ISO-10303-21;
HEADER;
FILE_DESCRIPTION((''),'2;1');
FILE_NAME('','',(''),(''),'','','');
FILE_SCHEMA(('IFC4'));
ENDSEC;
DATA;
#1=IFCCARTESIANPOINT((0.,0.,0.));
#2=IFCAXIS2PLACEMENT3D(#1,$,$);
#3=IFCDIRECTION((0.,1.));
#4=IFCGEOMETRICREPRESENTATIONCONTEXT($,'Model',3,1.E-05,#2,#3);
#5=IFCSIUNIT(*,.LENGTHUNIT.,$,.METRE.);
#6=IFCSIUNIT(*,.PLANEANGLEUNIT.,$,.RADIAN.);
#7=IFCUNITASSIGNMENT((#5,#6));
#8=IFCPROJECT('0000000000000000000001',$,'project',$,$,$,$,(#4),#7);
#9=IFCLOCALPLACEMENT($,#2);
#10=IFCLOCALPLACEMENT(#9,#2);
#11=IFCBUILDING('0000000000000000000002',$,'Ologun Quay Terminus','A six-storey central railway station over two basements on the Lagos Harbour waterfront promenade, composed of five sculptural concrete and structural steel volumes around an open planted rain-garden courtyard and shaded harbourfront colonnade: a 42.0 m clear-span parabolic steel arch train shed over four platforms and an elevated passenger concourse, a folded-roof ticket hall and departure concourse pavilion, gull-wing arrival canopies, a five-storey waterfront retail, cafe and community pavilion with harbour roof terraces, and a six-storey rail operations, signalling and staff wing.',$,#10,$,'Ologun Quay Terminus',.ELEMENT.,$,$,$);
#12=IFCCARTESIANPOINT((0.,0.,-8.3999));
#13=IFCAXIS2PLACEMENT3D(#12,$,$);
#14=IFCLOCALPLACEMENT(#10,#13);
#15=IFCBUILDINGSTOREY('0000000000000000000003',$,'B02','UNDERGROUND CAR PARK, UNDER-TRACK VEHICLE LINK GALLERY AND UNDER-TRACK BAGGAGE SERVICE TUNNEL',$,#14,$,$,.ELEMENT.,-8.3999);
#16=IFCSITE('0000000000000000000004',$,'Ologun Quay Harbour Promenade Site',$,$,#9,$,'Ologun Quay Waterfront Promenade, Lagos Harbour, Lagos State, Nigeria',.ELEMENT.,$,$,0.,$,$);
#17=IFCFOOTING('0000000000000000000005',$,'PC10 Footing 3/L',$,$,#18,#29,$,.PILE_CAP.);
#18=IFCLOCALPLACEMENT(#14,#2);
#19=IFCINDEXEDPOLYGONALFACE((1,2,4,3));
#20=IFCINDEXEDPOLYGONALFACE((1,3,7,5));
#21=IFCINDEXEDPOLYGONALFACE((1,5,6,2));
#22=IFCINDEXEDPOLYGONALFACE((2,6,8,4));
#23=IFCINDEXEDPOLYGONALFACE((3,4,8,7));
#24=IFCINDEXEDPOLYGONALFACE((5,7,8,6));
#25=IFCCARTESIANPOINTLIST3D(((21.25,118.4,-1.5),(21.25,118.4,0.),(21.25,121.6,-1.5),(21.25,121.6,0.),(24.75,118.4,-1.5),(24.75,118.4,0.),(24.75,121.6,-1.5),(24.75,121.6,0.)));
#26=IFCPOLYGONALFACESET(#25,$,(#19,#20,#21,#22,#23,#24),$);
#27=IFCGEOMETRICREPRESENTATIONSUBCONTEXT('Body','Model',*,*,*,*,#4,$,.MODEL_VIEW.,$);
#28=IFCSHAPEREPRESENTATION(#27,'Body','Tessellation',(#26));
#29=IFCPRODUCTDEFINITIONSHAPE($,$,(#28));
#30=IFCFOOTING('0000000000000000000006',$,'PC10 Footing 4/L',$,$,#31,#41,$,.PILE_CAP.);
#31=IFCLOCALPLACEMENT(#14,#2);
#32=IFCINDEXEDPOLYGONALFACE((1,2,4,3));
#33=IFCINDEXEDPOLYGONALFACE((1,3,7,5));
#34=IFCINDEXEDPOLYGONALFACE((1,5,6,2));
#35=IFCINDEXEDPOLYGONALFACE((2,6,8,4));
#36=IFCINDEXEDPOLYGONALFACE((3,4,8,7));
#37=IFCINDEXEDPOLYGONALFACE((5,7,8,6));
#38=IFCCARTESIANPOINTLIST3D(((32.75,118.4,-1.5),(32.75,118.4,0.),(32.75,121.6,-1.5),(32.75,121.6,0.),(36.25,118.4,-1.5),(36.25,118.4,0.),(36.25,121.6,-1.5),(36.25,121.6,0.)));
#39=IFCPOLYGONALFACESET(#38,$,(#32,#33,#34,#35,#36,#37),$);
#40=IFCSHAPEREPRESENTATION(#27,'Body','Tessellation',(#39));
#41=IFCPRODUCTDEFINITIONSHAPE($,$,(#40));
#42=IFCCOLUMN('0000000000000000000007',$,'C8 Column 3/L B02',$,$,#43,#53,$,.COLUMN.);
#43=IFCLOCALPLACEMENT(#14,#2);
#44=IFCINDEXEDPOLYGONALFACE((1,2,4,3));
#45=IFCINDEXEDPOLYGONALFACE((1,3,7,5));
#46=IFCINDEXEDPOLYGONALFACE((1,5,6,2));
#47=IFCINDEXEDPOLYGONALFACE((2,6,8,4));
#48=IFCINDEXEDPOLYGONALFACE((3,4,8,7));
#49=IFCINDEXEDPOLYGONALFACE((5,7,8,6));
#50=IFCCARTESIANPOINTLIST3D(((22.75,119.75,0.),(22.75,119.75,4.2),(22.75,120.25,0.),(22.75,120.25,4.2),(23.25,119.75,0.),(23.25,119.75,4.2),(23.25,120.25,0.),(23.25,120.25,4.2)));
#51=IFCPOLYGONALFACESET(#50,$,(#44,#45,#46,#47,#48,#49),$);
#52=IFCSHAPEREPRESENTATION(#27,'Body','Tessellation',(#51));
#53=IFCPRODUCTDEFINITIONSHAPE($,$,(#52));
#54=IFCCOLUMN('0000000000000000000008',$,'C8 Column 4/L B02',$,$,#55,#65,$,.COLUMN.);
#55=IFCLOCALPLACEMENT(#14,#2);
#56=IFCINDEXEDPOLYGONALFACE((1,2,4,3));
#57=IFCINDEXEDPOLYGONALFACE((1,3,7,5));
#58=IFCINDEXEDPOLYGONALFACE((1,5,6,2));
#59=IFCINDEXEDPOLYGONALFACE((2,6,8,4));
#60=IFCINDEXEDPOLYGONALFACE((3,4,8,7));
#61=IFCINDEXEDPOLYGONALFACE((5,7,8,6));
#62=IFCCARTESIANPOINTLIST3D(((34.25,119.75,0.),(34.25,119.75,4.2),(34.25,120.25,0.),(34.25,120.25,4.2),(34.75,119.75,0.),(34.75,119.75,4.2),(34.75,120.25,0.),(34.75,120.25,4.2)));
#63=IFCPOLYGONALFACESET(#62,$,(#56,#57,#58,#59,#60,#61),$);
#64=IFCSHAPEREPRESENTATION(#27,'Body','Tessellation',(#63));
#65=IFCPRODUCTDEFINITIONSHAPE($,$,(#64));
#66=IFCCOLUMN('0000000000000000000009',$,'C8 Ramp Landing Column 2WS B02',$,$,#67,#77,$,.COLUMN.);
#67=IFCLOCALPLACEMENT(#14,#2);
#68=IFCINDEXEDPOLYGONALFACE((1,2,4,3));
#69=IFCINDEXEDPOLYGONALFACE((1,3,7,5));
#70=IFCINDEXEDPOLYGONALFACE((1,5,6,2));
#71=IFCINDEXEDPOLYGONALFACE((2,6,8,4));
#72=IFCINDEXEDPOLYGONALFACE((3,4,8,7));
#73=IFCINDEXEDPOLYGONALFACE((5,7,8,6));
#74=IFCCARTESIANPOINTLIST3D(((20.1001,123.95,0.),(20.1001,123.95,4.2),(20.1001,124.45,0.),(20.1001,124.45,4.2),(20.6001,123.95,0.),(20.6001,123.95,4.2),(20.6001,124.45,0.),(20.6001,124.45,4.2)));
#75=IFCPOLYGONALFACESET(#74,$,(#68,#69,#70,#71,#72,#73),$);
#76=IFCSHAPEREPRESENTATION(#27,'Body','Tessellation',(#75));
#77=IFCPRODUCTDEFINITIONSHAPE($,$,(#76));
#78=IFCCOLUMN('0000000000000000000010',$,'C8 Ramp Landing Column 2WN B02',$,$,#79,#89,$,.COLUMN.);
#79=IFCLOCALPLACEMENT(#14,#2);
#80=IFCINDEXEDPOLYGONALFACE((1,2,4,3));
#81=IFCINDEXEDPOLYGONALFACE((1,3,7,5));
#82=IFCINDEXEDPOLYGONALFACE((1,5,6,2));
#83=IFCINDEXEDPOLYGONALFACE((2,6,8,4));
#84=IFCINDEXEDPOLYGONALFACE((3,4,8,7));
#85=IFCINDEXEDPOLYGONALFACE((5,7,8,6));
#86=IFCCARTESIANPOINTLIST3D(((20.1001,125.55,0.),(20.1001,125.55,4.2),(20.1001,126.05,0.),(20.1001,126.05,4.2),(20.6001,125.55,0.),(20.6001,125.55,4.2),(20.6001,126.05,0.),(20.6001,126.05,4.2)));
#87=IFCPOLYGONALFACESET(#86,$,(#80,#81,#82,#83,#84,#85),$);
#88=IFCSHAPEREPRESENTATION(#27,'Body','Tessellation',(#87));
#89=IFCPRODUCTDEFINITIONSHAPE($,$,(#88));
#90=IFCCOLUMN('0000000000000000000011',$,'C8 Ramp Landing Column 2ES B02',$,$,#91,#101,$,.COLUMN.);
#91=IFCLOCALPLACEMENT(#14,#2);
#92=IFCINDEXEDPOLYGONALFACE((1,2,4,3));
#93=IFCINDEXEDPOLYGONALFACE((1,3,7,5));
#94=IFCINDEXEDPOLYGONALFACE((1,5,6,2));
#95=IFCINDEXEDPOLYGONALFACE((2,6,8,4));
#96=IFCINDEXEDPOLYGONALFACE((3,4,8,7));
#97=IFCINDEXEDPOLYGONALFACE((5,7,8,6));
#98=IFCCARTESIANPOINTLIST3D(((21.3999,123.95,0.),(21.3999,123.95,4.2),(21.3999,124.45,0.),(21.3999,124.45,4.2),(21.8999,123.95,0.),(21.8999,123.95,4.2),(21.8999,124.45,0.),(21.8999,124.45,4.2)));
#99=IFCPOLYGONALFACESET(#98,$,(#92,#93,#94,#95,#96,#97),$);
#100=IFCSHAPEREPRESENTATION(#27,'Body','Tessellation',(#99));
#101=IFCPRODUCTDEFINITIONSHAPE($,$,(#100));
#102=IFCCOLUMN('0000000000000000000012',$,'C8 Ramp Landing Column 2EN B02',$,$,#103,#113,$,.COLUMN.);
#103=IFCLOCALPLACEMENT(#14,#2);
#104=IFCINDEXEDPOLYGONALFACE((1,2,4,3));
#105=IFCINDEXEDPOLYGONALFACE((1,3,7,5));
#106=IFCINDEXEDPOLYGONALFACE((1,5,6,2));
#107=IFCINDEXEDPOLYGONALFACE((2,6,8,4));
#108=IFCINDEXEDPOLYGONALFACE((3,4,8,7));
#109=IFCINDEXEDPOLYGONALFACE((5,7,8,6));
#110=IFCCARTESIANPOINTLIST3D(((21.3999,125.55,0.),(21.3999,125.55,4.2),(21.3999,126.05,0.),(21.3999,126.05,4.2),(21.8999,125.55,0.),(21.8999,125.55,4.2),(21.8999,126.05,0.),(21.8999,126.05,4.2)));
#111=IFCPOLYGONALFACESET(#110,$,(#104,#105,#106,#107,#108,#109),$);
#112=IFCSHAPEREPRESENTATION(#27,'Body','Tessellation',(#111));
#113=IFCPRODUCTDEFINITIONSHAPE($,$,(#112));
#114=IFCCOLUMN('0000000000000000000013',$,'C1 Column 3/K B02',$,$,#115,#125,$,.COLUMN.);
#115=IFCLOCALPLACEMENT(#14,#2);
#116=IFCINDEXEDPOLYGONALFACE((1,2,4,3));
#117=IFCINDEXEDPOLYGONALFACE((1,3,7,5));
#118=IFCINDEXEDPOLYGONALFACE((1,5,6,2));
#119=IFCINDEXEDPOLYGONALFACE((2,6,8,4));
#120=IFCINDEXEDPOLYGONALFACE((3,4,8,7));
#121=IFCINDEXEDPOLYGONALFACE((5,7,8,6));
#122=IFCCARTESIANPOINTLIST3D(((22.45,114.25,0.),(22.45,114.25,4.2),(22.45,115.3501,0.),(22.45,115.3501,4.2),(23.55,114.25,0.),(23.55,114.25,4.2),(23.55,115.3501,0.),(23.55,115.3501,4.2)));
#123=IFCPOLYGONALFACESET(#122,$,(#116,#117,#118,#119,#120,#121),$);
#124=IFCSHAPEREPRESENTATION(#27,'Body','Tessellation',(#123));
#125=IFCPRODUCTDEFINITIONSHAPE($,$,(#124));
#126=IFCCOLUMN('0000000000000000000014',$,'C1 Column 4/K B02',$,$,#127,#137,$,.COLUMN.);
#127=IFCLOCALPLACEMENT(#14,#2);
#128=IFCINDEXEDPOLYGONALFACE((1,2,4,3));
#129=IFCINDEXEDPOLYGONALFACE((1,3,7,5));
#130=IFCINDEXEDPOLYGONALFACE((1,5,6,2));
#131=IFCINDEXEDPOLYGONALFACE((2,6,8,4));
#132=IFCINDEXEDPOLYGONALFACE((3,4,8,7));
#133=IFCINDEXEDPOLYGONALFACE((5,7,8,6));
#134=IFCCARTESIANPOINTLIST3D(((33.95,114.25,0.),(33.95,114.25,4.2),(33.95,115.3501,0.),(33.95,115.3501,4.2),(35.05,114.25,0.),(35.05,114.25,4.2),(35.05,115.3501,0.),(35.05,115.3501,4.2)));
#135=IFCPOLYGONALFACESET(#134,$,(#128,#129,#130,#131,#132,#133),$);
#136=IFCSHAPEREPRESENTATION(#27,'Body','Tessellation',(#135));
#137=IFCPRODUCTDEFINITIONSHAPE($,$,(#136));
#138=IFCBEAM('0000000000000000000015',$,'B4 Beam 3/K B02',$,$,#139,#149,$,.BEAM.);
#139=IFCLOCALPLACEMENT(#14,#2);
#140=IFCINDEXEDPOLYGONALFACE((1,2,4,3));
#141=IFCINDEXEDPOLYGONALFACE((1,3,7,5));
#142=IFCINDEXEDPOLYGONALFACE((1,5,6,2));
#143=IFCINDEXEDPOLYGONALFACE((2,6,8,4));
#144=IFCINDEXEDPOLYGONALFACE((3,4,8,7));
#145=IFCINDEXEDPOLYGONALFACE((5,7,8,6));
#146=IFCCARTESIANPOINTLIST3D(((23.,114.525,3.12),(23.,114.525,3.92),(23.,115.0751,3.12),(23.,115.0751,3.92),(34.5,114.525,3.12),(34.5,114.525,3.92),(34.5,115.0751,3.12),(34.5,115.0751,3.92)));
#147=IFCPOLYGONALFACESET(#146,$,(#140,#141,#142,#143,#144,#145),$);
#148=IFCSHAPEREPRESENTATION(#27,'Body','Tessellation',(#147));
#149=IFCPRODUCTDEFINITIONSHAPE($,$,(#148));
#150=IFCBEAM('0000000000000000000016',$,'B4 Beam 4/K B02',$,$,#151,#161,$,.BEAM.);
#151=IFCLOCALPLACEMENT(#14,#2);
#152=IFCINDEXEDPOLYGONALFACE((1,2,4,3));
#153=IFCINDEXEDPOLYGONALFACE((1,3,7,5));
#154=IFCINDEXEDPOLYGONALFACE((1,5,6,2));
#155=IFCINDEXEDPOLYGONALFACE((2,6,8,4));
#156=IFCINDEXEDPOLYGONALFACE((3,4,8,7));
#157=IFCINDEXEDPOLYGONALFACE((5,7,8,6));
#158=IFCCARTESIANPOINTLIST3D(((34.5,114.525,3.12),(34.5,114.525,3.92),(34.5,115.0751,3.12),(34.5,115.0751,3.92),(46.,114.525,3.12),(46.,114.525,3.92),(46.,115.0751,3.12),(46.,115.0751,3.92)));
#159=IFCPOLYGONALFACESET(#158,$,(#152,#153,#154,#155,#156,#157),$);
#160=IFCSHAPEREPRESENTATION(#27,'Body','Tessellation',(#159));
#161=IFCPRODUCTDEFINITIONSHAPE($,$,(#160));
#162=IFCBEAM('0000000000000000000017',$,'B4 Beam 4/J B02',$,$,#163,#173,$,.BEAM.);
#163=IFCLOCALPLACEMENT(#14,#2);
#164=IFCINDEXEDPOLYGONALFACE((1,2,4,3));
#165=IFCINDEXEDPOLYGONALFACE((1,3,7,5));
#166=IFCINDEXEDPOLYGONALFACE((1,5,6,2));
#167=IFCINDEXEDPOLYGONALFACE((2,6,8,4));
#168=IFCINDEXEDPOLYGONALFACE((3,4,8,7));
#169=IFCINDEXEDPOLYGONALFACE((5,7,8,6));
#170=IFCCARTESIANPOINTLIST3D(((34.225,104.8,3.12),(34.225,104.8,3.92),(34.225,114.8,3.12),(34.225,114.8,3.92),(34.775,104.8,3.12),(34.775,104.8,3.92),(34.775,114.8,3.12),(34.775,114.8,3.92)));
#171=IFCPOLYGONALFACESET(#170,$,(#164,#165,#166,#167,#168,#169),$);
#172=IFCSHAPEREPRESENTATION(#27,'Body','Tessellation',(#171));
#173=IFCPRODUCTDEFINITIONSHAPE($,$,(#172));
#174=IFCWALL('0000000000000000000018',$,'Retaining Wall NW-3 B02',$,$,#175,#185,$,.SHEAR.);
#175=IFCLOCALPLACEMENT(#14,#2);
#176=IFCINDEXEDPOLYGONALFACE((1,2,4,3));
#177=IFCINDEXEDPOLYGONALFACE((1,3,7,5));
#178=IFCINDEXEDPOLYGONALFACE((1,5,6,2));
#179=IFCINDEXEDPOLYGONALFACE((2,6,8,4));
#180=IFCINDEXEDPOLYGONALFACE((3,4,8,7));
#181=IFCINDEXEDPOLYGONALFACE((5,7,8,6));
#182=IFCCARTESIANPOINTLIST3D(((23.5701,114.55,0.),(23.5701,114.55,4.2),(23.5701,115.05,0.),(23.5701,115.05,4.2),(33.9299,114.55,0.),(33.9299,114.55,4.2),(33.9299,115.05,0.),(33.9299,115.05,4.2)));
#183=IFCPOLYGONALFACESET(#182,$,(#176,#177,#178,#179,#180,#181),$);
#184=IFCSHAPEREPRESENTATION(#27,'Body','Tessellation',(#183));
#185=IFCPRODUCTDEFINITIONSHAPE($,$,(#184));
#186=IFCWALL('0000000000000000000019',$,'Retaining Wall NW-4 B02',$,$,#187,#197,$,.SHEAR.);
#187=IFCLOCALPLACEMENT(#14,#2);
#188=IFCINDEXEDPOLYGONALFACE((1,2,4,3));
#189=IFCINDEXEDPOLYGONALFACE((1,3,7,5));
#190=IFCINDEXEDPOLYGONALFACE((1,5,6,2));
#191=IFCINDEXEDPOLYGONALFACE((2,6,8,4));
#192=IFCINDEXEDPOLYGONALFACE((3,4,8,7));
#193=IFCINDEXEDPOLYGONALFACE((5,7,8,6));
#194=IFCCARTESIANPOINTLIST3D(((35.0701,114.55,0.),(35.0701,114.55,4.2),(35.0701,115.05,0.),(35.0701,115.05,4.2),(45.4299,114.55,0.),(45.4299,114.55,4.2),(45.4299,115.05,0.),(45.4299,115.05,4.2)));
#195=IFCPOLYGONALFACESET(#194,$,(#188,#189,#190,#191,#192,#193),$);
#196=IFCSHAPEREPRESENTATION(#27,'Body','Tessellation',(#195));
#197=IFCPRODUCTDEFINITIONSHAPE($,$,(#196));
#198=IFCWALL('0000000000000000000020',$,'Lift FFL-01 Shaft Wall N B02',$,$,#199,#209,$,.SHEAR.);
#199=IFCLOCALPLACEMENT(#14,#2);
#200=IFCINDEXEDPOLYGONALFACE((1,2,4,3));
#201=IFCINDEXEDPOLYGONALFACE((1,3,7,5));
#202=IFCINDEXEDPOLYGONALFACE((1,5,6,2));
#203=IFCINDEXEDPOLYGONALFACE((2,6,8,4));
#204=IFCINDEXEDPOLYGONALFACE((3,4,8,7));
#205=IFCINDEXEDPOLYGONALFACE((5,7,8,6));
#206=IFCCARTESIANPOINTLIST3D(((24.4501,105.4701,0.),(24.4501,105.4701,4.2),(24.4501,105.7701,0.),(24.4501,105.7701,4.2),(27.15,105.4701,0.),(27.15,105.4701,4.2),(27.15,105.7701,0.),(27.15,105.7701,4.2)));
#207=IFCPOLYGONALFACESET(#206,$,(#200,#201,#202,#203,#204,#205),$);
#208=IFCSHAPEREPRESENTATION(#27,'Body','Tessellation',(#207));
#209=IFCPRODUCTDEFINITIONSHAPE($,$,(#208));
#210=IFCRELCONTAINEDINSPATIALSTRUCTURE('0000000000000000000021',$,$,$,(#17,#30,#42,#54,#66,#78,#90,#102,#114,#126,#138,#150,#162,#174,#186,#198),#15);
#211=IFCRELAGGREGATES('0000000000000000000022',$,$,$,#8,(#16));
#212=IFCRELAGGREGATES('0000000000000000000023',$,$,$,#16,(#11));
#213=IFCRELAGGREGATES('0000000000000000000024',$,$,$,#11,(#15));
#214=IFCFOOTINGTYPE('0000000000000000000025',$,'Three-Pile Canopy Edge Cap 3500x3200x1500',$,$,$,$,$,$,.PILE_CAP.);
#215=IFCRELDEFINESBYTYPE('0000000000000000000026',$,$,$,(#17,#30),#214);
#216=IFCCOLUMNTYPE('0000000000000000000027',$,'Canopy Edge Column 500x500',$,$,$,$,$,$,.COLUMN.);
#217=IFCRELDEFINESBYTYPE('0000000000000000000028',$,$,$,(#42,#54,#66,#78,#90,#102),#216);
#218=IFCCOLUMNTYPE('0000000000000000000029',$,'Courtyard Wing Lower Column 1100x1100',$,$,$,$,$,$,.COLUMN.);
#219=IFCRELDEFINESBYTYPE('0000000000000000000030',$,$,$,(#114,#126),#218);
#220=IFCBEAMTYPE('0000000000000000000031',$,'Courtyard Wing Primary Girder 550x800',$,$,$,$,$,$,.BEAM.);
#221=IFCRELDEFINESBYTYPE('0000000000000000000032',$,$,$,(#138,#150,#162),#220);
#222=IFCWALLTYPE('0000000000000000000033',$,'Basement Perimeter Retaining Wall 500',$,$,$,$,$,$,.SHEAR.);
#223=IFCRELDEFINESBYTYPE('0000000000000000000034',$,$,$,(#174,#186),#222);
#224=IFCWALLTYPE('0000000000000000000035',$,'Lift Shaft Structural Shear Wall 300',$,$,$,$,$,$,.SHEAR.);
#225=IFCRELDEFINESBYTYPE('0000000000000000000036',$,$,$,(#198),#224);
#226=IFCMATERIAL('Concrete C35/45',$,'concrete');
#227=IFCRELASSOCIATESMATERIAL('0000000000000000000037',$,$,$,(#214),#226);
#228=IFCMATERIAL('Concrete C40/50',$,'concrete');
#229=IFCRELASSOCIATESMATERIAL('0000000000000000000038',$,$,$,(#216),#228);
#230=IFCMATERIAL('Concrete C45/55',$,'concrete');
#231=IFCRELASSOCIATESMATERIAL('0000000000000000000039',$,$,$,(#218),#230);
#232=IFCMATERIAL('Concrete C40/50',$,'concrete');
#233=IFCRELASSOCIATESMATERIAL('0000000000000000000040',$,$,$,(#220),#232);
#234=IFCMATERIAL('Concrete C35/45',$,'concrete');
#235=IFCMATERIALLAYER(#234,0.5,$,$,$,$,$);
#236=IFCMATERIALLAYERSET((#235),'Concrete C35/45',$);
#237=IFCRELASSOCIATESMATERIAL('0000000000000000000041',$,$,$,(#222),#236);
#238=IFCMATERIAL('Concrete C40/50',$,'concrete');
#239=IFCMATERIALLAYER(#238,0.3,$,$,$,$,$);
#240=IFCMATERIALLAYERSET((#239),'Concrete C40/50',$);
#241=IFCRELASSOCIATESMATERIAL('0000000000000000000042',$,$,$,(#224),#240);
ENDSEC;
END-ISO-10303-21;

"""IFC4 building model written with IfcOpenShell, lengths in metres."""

from ifc_helpers import new_model, si_unit, direction, frame, frame_2d, origin, origin_2d, place, context, subcontext, project, spatial, rectangle, extrude, material, layer, layer_set, material_profile, profile_set, type_object, element, save


model = new_model("IFC4")

# Units and contexts
model_context = context("Model", 3, precision=1e-05, world=origin(), true_north=direction((0.0, 1.0)))
body_context = subcontext(model_context, "Body", "Model", "MODEL_VIEW")
ifc_project = project(units=[si_unit("LENGTHUNIT", "METRE"), si_unit("PLANEANGLEUNIT", "RADIAN")], contexts=[model_context])

# Site, building, storey
site_placement = place(None, origin())
site = spatial("IfcSite", under=ifc_project, at=site_placement, Name="Ologun Quay Harbour Promenade Site", LongName="Ologun Quay Waterfront Promenade, Lagos Harbour, Lagos State, Nigeria", CompositionType="ELEMENT", RefElevation=0.0)
building_placement = place(site_placement, origin())
building = spatial("IfcBuilding", under=site, at=building_placement, Name="Ologun Quay Terminus", Description="A six-storey central railway station over two basements on the Lagos Harbour waterfront promenade, composed of five sculptural concrete and structural steel volumes around an open planted rain-garden courtyard and shaded harbourfront colonnade: a 42.0 m clear-span parabolic steel arch train shed over four platforms and an elevated passenger concourse, a folded-roof ticket hall and departure concourse pavilion, gull-wing arrival canopies, a five-storey waterfront retail, cafe and community pavilion with harbour roof terraces, and a six-storey rail operations, signalling and staff wing.", LongName="Ologun Quay Terminus", CompositionType="ELEMENT")
storey_placement = place(building_placement, frame((0.0, 0.0, -8.3999)))
storey = spatial("IfcBuildingStorey", under=building, at=storey_placement, Name="B02", Description="UNDERGROUND CAR PARK, UNDER-TRACK VEHICLE LINK GALLERY AND UNDER-TRACK BAGGAGE SERVICE TUNNEL", CompositionType="ELEMENT", Elevation=-8.3999)

# Footings
ifc_material_1 = material(Name="Concrete C35/45", Category="concrete")
footing_type_1 = type_object("IfcFootingType", Name="Three-Pile Canopy Edge Cap 3500x3200x1500", PredefinedType="PILE_CAP", material=ifc_material_1)
for number, where, z_axis, x_axis, name in (
    (1, (23.0, 120.0, -1.5), (0.0, 0.0, 1.0), (1.0, 0.0, 0.0), "PC10 Footing 3/L"),
    (2, (34.5, 120.0, -1.5), (0.0, 0.0, 1.0), (1.0, 0.0, 0.0), "PC10 Footing 4/L"),
):
    element("IfcFooting", number, at=place(storey_placement, frame(where, z_axis=z_axis, x_axis=x_axis)), inside=storey, type_object=footing_type_1, Name=name, PredefinedType="PILE_CAP", context=body_context, shape_type="SweptSolid", body=[
        extrude(rectangle(XDim=3.5, YDim=3.2, at=origin_2d()), origin(), (0.0, 0.0, 1.0), 1.5),
    ])

# Columns
ifc_material_2 = material(Name="Concrete C40/50", Category="concrete")
ifc_material_profile_1 = material_profile(ifc_material_2, rectangle(XDim=0.5, YDim=0.5, at=origin_2d()), Name="RC 500x500")
ifc_profile_set_1 = profile_set([ifc_material_profile_1], Name="Concrete C40/50")
column_type_1 = type_object("IfcColumnType", Name="Canopy Edge Column 500x500", PredefinedType="COLUMN", material=ifc_profile_set_1)
for number, where, z_axis, x_axis, name in (
    (3, (23.0, 120.0, 0.0), (0.0, 0.0, 1.0), (1.0, 0.0, 0.0), "C8 Column 3/L B02"),
    (4, (34.5, 120.0, 0.0), (0.0, 0.0, 1.0), (1.0, 0.0, 0.0), "C8 Column 4/L B02"),
    (5, (20.3501, 124.2, 0.0), (0.0, 0.0, 1.0), (1.0, 0.0, 0.0), "C8 Ramp Landing Column 2WS B02"),
    (6, (20.3501, 125.8, 0.0), (0.0, 0.0, 1.0), (1.0, 0.0, 0.0), "C8 Ramp Landing Column 2WN B02"),
    (7, (21.6499, 124.2, 0.0), (0.0, 0.0, 1.0), (1.0, 0.0, 0.0), "C8 Ramp Landing Column 2ES B02"),
    (8, (21.6499, 125.8, 0.0), (0.0, 0.0, 1.0), (1.0, 0.0, 0.0), "C8 Ramp Landing Column 2EN B02"),
):
    element("IfcColumn", number, at=place(storey_placement, frame(where, z_axis=z_axis, x_axis=x_axis)), inside=storey, type_object=column_type_1, Name=name, PredefinedType="COLUMN", context=body_context, shape_type="SweptSolid", body=[
        extrude(rectangle(XDim=0.5, YDim=0.5, at=origin_2d()), origin(), (0.0, 0.0, 1.0), 4.2),
    ])
ifc_material_3 = material(Name="Concrete C45/55", Category="concrete")
ifc_material_profile_2 = material_profile(ifc_material_3, rectangle(XDim=1.1001, YDim=1.1001, at=origin_2d()), Name="RC 1100x1100")
ifc_profile_set_2 = profile_set([ifc_material_profile_2], Name="Concrete C45/55")
column_type_2 = type_object("IfcColumnType", Name="Courtyard Wing Lower Column 1100x1100", PredefinedType="COLUMN", material=ifc_profile_set_2)
for number, where, z_axis, x_axis, name in (
    (9, (23.0, 114.8, 0.0), (0.0, 0.0, 1.0), (1.0, 0.0, 0.0), "C1 Column 3/K B02"),
    (10, (34.5, 114.8, 0.0), (0.0, 0.0, 1.0), (1.0, 0.0, 0.0), "C1 Column 4/K B02"),
):
    element("IfcColumn", number, at=place(storey_placement, frame(where, z_axis=z_axis, x_axis=x_axis)), inside=storey, type_object=column_type_2, Name=name, PredefinedType="COLUMN", context=body_context, shape_type="SweptSolid", body=[
        extrude(rectangle(XDim=1.1001, YDim=1.1001, at=origin_2d()), origin(), (0.0, 0.0, 1.0), 4.2),
    ])

# Beams
ifc_material_4 = material(Name="Concrete C40/50", Category="concrete")
ifc_material_profile_3 = material_profile(ifc_material_4, rectangle(XDim=0.55, YDim=0.8, at=origin_2d()), Name="RC 550x800")
ifc_profile_set_3 = profile_set([ifc_material_profile_3], Name="Concrete C40/50")
beam_type = type_object("IfcBeamType", Name="Courtyard Wing Primary Girder 550x800", PredefinedType="BEAM", material=ifc_profile_set_3)
for number, where, z_axis, x_axis, name in (
    (11, (23.0, 114.8, 3.52), (1.0, 0.0, 0.0), (0.0, 1.0, 0.0), "B4 Beam 3/K B02"),
    (12, (34.5, 114.8, 3.52), (1.0, 0.0, 0.0), (0.0, 1.0, 0.0), "B4 Beam 4/K B02"),
):
    element("IfcBeam", number, at=place(storey_placement, frame(where, z_axis=z_axis, x_axis=x_axis)), inside=storey, type_object=beam_type, Name=name, PredefinedType="BEAM", context=body_context, shape_type="SweptSolid", body=[
        extrude(rectangle(XDim=0.55, YDim=0.8, at=origin_2d()), origin(), (0.0, 0.0, 1.0), 11.5),
    ])
beam_placement = place(storey_placement, frame((34.5, 104.8, 3.52), z_axis=(0.0, 1.0, 0.0), x_axis=(-1.0, 0.0, 0.0)))
element("IfcBeam", 13, at=beam_placement, inside=storey, type_object=beam_type, Name="B4 Beam 4/J B02", PredefinedType="BEAM", context=body_context, shape_type="SweptSolid", body=[
    extrude(rectangle(XDim=0.55, YDim=0.8, at=origin_2d()), origin(), (0.0, 0.0, 1.0), 10.0),
])

# Walls
ifc_material_5 = material(Name="Concrete C35/45", Category="concrete")
ifc_layer_1 = layer(ifc_material_5, 0.5)
ifc_layer_set_1 = layer_set([ifc_layer_1], Name="Concrete C35/45")
wall_type_1 = type_object("IfcWallType", Name="Basement Perimeter Retaining Wall 500", PredefinedType="SHEAR", material=ifc_layer_set_1)
for number, where, z_axis, x_axis, name in (
    (14, (23.5701, 114.8, 0.0), (0.0, 0.0, 1.0), (1.0, 0.0, 0.0), "Retaining Wall NW-3 B02"),
    (15, (35.0701, 114.8, 0.0), (0.0, 0.0, 1.0), (1.0, 0.0, 0.0), "Retaining Wall NW-4 B02"),
):
    element("IfcWall", number, at=place(storey_placement, frame(where, z_axis=z_axis, x_axis=x_axis)), inside=storey, type_object=wall_type_1, Name=name, PredefinedType="SHEAR", context=body_context, shape_type="SweptSolid", body=[
        extrude(rectangle(XDim=10.3599, YDim=0.5, at=frame_2d((5.1799, 0.0))), origin(), (0.0, 0.0, 1.0), 4.2),
    ])
ifc_material_6 = material(Name="Concrete C40/50", Category="concrete")
ifc_layer_2 = layer(ifc_material_6, 0.3)
ifc_layer_set_2 = layer_set([ifc_layer_2], Name="Concrete C40/50")
wall_type_2 = type_object("IfcWallType", Name="Lift Shaft Structural Shear Wall 300", PredefinedType="SHEAR", material=ifc_layer_set_2)
wall_placement = place(storey_placement, frame((24.45, 105.6201, 0.0), z_axis=(0.0, 0.0, 1.0), x_axis=(1.0, 0.0, 0.0)))
element("IfcWall", 16, at=wall_placement, inside=storey, type_object=wall_type_2, Name="Lift FFL-01 Shaft Wall N B02", PredefinedType="SHEAR", context=body_context, shape_type="SweptSolid", body=[
    extrude(rectangle(XDim=2.7, YDim=0.3, at=frame_2d((1.3501, 0.0))), origin(), (0.0, 0.0, 1.0), 4.2),
])

save(model, "model.ifc")
